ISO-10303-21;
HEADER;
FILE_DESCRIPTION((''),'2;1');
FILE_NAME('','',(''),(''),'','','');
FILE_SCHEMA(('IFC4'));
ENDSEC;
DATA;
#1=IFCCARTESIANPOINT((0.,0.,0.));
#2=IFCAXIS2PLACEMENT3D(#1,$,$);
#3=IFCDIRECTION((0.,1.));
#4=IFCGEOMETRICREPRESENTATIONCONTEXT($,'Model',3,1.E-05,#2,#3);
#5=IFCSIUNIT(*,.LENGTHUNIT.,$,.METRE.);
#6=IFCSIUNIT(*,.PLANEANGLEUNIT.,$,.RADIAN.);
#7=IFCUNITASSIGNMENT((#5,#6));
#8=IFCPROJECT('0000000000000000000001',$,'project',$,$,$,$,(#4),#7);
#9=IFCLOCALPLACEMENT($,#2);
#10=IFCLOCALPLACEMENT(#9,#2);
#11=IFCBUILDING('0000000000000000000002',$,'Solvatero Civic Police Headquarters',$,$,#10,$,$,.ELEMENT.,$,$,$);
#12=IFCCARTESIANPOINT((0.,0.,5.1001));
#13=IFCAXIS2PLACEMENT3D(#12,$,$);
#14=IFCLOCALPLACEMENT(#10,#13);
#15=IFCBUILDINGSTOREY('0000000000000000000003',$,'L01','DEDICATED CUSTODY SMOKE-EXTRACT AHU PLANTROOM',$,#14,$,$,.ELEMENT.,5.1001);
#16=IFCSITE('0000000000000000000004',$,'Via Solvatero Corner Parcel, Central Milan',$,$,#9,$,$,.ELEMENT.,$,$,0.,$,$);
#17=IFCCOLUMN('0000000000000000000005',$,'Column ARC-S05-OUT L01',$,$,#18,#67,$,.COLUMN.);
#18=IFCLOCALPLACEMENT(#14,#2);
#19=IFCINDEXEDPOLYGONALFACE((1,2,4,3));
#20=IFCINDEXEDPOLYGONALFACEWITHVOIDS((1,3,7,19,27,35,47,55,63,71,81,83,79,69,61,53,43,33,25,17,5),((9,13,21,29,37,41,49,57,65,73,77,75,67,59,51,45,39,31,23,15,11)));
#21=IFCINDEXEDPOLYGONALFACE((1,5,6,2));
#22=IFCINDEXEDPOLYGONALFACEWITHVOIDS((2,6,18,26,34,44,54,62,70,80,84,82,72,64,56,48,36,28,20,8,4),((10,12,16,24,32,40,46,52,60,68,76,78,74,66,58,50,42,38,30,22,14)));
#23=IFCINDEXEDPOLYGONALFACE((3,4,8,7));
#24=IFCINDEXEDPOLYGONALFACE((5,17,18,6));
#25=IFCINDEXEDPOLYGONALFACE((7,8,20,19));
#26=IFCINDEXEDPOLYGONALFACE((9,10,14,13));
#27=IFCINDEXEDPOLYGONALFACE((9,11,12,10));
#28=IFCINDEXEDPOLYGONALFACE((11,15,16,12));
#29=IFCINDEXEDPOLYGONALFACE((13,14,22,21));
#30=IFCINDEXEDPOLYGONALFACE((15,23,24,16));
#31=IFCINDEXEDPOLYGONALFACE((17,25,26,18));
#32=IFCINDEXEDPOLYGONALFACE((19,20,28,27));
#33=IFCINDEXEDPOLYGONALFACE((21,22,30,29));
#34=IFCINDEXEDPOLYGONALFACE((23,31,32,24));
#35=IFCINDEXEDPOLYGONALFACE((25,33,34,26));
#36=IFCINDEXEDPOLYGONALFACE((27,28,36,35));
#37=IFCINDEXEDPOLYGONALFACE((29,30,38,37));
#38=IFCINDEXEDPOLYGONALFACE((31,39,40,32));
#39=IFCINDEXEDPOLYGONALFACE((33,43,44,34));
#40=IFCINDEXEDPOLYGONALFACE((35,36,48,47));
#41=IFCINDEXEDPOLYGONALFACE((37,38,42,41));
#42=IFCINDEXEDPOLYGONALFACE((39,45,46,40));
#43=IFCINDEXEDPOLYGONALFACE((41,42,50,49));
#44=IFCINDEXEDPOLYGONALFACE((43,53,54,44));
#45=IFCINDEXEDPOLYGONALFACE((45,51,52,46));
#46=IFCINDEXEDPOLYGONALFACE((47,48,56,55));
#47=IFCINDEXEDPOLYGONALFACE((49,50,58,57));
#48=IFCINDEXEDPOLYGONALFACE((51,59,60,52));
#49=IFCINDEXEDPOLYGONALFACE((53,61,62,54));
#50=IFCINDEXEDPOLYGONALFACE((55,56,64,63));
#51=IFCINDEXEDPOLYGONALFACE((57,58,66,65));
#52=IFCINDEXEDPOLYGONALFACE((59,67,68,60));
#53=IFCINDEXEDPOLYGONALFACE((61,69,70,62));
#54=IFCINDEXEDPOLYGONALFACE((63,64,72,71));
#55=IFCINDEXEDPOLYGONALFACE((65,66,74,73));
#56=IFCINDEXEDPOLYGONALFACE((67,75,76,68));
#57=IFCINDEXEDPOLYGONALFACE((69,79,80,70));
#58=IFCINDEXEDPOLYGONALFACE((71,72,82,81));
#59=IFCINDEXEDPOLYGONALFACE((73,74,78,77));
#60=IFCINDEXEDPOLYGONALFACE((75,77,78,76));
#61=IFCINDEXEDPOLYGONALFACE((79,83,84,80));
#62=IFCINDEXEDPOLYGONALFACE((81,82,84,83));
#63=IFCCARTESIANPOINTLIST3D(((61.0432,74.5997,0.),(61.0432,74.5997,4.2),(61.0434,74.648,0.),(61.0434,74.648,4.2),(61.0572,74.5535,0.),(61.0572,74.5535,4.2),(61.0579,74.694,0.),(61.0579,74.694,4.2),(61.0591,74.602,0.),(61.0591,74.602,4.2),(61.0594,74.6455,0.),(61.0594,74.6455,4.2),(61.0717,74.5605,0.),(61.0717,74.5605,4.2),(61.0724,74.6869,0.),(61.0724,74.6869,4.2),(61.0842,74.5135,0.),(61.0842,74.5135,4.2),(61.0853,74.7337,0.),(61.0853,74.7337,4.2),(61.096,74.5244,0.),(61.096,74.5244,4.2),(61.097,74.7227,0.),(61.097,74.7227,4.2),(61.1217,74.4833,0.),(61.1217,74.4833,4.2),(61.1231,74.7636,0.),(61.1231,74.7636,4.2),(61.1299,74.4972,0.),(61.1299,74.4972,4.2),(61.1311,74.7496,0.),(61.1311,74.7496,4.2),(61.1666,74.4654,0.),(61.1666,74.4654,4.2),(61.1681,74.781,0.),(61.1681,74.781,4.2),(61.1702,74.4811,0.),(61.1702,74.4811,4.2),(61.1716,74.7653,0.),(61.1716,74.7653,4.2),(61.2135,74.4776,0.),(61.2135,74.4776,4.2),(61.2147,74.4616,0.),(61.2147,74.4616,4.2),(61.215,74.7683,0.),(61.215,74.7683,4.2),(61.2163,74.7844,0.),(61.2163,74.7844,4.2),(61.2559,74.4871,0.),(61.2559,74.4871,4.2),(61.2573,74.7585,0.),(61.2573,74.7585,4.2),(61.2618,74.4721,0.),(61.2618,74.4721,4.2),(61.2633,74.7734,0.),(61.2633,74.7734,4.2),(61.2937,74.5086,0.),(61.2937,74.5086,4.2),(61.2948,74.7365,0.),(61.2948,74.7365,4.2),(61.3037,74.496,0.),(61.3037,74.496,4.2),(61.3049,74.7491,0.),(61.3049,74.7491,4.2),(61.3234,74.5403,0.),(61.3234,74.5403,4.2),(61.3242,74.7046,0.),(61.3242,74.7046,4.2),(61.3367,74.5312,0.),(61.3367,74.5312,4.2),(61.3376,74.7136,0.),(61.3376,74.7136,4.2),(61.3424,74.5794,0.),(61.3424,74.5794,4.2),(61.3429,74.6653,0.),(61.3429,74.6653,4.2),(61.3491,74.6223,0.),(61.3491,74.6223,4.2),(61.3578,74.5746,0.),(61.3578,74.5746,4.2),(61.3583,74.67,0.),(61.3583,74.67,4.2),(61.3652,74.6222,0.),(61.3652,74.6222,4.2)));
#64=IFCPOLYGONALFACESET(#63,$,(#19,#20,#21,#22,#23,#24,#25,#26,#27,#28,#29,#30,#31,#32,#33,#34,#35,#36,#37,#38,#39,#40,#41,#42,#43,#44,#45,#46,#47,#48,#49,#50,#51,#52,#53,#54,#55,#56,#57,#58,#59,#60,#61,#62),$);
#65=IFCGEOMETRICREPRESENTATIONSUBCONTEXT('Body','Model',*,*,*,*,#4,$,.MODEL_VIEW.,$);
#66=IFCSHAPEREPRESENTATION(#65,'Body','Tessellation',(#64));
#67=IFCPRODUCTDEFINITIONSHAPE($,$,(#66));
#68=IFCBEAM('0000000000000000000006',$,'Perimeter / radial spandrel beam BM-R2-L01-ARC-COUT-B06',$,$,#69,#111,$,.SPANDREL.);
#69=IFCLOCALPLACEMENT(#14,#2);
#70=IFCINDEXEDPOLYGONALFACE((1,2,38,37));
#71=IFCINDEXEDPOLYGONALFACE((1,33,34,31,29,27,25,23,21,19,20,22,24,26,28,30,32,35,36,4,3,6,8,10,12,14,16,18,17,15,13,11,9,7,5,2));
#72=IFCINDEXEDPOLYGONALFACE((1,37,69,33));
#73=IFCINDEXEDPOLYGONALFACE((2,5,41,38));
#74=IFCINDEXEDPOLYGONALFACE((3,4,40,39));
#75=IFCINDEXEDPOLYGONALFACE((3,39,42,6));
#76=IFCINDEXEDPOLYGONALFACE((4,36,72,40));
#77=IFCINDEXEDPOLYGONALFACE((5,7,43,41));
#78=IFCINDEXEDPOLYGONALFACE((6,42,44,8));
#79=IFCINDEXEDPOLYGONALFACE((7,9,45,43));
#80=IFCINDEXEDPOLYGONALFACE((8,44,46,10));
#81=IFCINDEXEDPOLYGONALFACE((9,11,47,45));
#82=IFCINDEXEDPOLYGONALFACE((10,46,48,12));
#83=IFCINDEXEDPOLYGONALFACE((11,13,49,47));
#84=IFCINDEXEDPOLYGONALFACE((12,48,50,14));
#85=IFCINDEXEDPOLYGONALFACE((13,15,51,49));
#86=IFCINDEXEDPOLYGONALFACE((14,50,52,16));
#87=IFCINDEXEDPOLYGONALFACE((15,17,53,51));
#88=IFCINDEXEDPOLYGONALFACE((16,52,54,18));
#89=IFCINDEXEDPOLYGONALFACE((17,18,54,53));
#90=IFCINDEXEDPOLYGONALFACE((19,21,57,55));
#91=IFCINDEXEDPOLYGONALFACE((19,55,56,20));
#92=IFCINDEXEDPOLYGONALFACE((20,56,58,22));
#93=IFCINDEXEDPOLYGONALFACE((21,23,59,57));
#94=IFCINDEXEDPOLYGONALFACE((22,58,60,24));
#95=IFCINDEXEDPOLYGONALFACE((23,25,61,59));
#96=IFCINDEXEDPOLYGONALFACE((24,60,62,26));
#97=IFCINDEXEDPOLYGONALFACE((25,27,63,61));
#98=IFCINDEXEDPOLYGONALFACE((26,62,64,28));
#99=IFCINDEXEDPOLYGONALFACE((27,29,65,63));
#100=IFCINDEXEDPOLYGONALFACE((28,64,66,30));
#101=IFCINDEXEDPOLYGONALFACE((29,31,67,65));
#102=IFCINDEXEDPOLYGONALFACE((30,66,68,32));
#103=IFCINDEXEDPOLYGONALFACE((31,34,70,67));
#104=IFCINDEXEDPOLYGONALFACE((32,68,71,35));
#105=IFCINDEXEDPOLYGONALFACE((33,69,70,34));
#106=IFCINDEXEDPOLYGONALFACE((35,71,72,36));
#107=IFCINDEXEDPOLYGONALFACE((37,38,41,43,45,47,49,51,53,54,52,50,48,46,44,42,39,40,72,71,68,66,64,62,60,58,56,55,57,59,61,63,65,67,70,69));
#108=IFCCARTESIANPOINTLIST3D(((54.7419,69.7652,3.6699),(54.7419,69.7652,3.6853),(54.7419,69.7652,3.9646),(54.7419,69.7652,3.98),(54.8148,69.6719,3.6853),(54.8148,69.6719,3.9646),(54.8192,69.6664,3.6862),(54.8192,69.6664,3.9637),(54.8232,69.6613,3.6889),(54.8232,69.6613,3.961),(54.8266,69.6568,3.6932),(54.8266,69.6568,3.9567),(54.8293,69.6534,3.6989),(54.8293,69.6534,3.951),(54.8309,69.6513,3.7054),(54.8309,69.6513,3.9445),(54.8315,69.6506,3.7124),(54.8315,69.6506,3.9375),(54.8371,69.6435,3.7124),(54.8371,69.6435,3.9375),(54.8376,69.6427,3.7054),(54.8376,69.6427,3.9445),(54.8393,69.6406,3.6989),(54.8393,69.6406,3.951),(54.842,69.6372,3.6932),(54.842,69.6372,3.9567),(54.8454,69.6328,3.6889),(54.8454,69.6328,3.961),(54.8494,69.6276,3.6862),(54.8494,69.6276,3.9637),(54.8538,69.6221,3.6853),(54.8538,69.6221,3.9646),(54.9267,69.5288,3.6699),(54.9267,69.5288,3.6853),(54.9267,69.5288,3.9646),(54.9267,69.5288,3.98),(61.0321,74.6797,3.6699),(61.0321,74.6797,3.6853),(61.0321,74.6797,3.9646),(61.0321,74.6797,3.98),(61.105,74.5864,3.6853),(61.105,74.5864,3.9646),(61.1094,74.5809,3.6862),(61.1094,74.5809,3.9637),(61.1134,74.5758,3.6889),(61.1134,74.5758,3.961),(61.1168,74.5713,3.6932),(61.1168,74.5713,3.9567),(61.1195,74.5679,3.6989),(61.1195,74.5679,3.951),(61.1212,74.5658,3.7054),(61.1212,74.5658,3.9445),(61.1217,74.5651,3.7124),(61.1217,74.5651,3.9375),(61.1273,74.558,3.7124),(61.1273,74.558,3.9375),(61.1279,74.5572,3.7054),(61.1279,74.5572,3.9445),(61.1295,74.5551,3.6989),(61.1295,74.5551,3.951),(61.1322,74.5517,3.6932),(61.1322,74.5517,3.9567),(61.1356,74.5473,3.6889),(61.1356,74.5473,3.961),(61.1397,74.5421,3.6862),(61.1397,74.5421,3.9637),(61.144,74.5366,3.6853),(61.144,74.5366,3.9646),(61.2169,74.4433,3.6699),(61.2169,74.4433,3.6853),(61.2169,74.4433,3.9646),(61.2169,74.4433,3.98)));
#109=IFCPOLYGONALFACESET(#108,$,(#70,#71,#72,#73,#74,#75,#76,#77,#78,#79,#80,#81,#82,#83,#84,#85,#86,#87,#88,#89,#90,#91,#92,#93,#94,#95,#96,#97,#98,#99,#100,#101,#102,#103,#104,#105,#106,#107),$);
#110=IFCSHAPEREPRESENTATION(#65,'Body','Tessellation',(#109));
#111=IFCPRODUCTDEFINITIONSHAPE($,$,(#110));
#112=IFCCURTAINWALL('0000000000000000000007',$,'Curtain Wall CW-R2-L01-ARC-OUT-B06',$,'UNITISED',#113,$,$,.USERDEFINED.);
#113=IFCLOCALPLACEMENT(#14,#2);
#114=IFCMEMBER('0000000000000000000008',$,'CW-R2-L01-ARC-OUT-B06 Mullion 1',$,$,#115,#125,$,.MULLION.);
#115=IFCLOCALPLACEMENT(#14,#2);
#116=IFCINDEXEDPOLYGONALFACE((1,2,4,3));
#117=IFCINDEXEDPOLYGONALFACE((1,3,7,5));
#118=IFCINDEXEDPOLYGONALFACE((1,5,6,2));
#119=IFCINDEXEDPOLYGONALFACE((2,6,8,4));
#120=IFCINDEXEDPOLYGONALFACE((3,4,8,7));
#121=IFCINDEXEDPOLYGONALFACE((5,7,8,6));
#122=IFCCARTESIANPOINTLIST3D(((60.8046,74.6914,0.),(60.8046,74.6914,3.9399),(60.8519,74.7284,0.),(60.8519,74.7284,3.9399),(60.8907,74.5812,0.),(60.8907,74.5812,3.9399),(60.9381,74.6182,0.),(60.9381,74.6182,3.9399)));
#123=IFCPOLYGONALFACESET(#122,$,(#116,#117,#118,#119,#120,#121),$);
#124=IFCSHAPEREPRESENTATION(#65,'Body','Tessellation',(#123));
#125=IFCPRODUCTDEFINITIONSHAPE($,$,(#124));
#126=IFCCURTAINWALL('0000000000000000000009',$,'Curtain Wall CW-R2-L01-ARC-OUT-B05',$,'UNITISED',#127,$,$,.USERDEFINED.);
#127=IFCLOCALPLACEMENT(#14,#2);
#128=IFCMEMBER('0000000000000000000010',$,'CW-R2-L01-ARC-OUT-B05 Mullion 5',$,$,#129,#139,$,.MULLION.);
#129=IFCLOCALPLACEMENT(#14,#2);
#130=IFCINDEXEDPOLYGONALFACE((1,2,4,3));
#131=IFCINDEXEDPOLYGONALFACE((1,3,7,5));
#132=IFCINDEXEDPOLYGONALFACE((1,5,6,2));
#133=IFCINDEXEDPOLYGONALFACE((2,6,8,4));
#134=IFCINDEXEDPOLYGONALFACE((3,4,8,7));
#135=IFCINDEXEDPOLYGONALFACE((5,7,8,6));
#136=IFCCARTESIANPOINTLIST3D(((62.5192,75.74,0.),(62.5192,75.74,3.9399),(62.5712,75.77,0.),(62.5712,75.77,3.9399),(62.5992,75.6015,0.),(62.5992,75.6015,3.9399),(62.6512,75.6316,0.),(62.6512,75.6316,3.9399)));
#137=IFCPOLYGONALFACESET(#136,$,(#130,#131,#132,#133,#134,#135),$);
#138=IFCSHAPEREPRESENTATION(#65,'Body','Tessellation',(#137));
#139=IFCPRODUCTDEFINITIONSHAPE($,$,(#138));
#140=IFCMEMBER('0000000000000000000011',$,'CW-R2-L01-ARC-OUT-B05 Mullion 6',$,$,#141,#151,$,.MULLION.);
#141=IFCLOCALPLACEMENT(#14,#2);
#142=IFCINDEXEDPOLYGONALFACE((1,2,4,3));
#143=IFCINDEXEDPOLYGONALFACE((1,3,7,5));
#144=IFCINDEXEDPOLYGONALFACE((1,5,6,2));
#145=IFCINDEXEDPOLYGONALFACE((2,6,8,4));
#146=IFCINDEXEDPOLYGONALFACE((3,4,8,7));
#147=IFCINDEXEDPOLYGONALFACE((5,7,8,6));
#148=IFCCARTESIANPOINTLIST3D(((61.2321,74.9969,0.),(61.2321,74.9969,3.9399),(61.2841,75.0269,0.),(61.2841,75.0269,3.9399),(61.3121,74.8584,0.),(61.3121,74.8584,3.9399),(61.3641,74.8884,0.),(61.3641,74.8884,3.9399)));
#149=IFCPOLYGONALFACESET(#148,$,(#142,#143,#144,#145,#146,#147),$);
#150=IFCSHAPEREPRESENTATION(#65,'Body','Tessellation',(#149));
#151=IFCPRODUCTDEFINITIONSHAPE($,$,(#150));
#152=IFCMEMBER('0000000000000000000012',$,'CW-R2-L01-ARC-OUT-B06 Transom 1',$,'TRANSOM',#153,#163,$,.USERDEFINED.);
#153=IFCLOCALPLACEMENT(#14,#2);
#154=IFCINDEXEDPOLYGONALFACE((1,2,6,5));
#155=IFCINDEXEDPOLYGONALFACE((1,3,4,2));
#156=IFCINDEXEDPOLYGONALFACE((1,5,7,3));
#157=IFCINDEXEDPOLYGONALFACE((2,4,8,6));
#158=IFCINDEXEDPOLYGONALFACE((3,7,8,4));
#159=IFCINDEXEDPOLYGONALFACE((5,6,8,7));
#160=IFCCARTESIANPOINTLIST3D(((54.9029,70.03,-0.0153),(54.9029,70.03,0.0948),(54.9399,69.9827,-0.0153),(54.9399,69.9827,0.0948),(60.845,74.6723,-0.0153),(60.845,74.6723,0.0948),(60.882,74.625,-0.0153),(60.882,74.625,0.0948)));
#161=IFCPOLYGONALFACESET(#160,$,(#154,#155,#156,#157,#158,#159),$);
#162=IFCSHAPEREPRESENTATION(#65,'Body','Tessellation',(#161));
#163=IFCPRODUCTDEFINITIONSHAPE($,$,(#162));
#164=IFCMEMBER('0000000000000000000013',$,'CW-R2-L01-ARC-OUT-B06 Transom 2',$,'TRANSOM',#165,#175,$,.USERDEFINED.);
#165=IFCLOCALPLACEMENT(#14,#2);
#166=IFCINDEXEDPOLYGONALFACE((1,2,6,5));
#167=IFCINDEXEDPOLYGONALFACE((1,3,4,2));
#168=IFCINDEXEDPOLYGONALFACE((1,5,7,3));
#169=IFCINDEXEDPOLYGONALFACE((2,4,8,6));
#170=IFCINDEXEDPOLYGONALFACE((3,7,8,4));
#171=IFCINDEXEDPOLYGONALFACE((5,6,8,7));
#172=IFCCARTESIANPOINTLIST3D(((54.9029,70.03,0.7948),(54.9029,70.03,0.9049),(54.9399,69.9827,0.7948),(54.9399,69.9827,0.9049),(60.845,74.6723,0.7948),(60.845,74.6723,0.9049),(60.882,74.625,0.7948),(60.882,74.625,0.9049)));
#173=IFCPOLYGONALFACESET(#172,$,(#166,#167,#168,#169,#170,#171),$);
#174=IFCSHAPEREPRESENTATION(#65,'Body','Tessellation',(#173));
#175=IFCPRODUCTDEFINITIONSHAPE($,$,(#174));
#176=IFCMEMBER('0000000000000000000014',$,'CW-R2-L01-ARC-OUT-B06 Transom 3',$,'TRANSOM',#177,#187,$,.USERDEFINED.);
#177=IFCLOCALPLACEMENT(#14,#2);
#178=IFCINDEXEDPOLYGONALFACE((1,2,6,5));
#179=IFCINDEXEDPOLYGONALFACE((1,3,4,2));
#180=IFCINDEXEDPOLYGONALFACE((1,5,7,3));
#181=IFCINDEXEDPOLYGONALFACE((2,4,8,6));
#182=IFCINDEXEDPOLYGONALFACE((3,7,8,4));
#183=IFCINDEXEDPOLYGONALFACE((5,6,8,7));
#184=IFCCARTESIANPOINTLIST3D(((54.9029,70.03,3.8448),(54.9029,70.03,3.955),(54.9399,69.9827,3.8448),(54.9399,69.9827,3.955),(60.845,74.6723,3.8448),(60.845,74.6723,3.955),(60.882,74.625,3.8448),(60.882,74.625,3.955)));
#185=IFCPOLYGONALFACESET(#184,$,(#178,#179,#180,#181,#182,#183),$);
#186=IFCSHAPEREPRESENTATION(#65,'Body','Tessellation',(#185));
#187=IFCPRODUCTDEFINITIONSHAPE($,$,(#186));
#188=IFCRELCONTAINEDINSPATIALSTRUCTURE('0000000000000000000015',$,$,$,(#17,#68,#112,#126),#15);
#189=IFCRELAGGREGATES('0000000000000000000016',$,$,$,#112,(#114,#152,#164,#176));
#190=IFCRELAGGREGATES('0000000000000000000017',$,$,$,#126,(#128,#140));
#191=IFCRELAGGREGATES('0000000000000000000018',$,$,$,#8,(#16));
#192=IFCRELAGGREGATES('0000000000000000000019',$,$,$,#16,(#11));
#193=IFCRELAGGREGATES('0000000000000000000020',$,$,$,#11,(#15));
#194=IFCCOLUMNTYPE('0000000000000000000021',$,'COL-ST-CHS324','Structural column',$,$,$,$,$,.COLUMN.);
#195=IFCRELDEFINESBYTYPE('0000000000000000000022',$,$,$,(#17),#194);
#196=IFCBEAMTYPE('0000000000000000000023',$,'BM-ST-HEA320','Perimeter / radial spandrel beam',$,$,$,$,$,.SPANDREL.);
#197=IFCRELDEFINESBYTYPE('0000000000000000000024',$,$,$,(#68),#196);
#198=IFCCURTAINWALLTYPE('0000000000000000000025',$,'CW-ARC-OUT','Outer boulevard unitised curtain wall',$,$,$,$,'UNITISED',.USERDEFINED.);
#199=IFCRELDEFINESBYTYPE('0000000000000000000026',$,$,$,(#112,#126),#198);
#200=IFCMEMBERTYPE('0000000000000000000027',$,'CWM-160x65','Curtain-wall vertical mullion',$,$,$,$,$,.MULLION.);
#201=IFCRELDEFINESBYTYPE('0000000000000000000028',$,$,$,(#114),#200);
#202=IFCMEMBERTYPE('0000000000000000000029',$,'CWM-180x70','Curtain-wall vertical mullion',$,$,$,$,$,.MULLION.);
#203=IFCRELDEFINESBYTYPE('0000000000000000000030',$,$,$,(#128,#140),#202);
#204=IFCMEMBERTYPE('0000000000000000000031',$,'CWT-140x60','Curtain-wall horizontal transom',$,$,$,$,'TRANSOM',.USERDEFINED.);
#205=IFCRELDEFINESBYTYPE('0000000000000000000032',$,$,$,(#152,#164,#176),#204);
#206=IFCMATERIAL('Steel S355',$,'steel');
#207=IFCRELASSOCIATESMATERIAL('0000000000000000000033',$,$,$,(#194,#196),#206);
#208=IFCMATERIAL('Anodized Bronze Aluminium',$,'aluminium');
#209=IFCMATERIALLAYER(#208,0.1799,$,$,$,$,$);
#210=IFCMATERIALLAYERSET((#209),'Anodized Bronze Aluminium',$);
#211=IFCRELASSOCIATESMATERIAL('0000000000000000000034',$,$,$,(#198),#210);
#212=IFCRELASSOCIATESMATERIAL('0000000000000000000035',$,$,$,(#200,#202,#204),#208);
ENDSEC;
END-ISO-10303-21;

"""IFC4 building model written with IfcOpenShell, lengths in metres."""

from ifc_helpers import new_model, si_unit, direction, frame, origin, origin_2d, place, context, subcontext, project, spatial, rectangle, hollow_circle, i_section, extrude, material, layer, layer_set, material_profile, profile_set, type_object, element, aggregate, save


model = new_model("IFC4")

# Units and contexts
model_context = context("Model", 3, precision=1e-05, world=origin(), true_north=direction((0.0, 1.0)))
body_context = subcontext(model_context, "Body", "Model", "MODEL_VIEW")
ifc_project = project(units=[si_unit("LENGTHUNIT", "METRE"), si_unit("PLANEANGLEUNIT", "RADIAN")], contexts=[model_context])

# Site, building, storey
site_placement = place(None, origin())
site = spatial("IfcSite", under=ifc_project, at=site_placement, Name="Via Solvatero Corner Parcel, Central Milan", CompositionType="ELEMENT", RefElevation=0.0)
building_placement = place(site_placement, origin())
building = spatial("IfcBuilding", under=site, at=building_placement, Name="Solvatero Civic Police Headquarters", CompositionType="ELEMENT")
storey_placement = place(building_placement, frame((0.0, 0.0, 5.1001)))
storey = spatial("IfcBuildingStorey", under=building, at=storey_placement, Name="L01", Description="DEDICATED CUSTODY SMOKE-EXTRACT AHU PLANTROOM", CompositionType="ELEMENT", Elevation=5.1001)

# Column
ifc_material_1 = material(Name="Steel S355", Category="steel")
ifc_material_profile_1 = material_profile(ifc_material_1, hollow_circle(Radius=0.1619, WallThickness=0.0161, at=origin_2d()), Name="CHS 323.9x16.0")
ifc_profile_set_1 = profile_set([ifc_material_profile_1], Name="Steel S355")
column_type = type_object("IfcColumnType", Name="COL-ST-CHS324", Description="Structural column", PredefinedType="COLUMN", material=ifc_profile_set_1)
column_placement = place(storey_placement, frame((61.2034, 74.623, 0.0), z_axis=(0.0, 0.0, 1.0), x_axis=(0.829038, 0.559193, 0.0)))
element("IfcColumn", 1, at=column_placement, inside=storey, type_object=column_type, Name="Column ARC-S05-OUT L01", PredefinedType="COLUMN", context=body_context, shape_type="SweptSolid", body=[
    extrude(hollow_circle(Radius=0.1619, WallThickness=0.0161, at=origin_2d()), origin(), (0.0, 0.0, 1.0), 4.2),
])

# Beam
ifc_material_profile_2 = material_profile(ifc_material_1, i_section(OverallWidth=0.3, OverallDepth=0.3101, WebThickness=0.009, FlangeThickness=0.0154, FilletRadius=0.0271, at=origin_2d()), Name="HEA 320")
ifc_profile_set_2 = profile_set([ifc_material_profile_2], Name="Steel S355")
beam_type = type_object("IfcBeamType", Name="BM-ST-HEA320", Description="Perimeter / radial spandrel beam", PredefinedType="SPANDREL", material=ifc_profile_set_2)
beam_placement = place(storey_placement, frame((61.1245, 74.5615, 3.825), z_axis=(-0.788008, -0.615665, 0.0), x_axis=(0.615665, -0.788008, 0.0)))
element("IfcBeam", 2, at=beam_placement, inside=storey, type_object=beam_type, Name="Perimeter / radial spandrel beam BM-R2-L01-ARC-COUT-B06", PredefinedType="SPANDREL", context=body_context, shape_type="SweptSolid", body=[
    extrude(i_section(OverallWidth=0.3, OverallDepth=0.3101, WebThickness=0.009, FlangeThickness=0.0154, FilletRadius=0.0271, at=origin_2d()), origin(), (0.0, 0.0, 1.0), 7.9824),
])

# Curtain wall, member
ifc_material_2 = material(Name="Anodized Bronze Aluminium", Category="aluminium")
ifc_layer_1 = layer(ifc_material_2, 0.1799)
ifc_layer_set_1 = layer_set([ifc_layer_1], Name="Anodized Bronze Aluminium")
curtain_wall_type = type_object("IfcCurtainWallType", Name="CW-ARC-OUT", Description="Outer boulevard unitised curtain wall", ElementType="UNITISED", PredefinedType="USERDEFINED", material=ifc_layer_set_1)
curtain_wall_1_placement = place(storey_placement, origin())
curtain_wall_1 = element("IfcCurtainWall", 3, at=curtain_wall_1_placement, inside=storey, type_object=curtain_wall_type, Name="Curtain Wall CW-R2-L01-ARC-OUT-B06", ObjectType="UNITISED", PredefinedType="USERDEFINED")
ifc_material_profile_3 = material_profile(ifc_material_2, rectangle(XDim=0.0601, YDim=0.1399, at=origin_2d()), Name="ALU MULLION 60x140")
ifc_profile_set_3 = profile_set([ifc_material_profile_3], Name="Anodized Bronze Aluminium")
member_type_1 = type_object("IfcMemberType", Name="CWM-160x65", Description="Curtain-wall vertical mullion", PredefinedType="MULLION", material=ifc_profile_set_3)
member_1_placement = place(storey_placement, frame((60.8713, 74.6548, 0.0), z_axis=(0.0, 0.0, 1.0), x_axis=(-0.788011, -0.615661, 0.0)))
member_1 = element("IfcMember", 4, at=member_1_placement, type_object=member_type_1, Name="CW-R2-L01-ARC-OUT-B06 Mullion 1", PredefinedType="MULLION", context=body_context, shape_type="SweptSolid", body=[
    extrude(rectangle(XDim=0.0601, YDim=0.1399, at=origin_2d()), origin(), (0.0, 0.0, 1.0), 3.9399),
])

# Curtain wall, members
curtain_wall_2_placement = place(storey_placement, origin())
curtain_wall_2 = element("IfcCurtainWall", 5, at=curtain_wall_2_placement, inside=storey, type_object=curtain_wall_type, Name="Curtain Wall CW-R2-L01-ARC-OUT-B05", ObjectType="UNITISED", PredefinedType="USERDEFINED")
ifc_material_profile_4 = material_profile(ifc_material_2, rectangle(XDim=0.0601, YDim=0.1599, at=origin_2d()), Name="ALU MULLION 60x160")
ifc_profile_set_4 = profile_set([ifc_material_profile_4], Name="Anodized Bronze Aluminium")
member_type_2 = type_object("IfcMemberType", Name="CWM-180x70", Description="Curtain-wall vertical mullion", PredefinedType="MULLION", material=ifc_profile_set_4)
member_2_placement = place(storey_placement, frame((62.5852, 75.6858, 0.0), z_axis=(0.0, 0.0, 1.0), x_axis=(-0.866025, -0.5, 0.0)))
member_2 = element("IfcMember", 6, at=member_2_placement, type_object=member_type_2, Name="CW-R2-L01-ARC-OUT-B05 Mullion 5", PredefinedType="MULLION", context=body_context, shape_type="SweptSolid", body=[
    extrude(rectangle(XDim=0.0601, YDim=0.1599, at=origin_2d()), origin(), (0.0, 0.0, 1.0), 3.9399),
])
member_3_placement = place(storey_placement, frame((61.2981, 74.9426, 0.0), z_axis=(0.0, 0.0, 1.0), x_axis=(-0.866025, -0.5, 0.0)))
member_3 = element("IfcMember", 7, at=member_3_placement, type_object=member_type_2, Name="CW-R2-L01-ARC-OUT-B05 Mullion 6", PredefinedType="MULLION", context=body_context, shape_type="SweptSolid", body=[
    extrude(rectangle(XDim=0.0601, YDim=0.1599, at=origin_2d()), origin(), (0.0, 0.0, 1.0), 3.9399),
])

# Members
ifc_material_profile_5 = material_profile(ifc_material_2, rectangle(XDim=0.0601, YDim=0.1101, at=origin_2d()), Name="ALU TRANSOM 60x110")
ifc_profile_set_5 = profile_set([ifc_material_profile_5], Name="Anodized Bronze Aluminium")
member_type_3 = type_object("IfcMemberType", Name="CWT-140x60", Description="Curtain-wall horizontal transom", ElementType="TRANSOM", PredefinedType="USERDEFINED", material=ifc_profile_set_5)
member_4_placement = place(storey_placement, frame((60.8635, 74.6487, 0.0398), z_axis=(-0.788022, -0.615647, 0.0), x_axis=(0.615647, -0.788022, 0.0)))
member_4 = element("IfcMember", 8, at=member_4_placement, type_object=member_type_3, Name="CW-R2-L01-ARC-OUT-B06 Transom 1", ObjectType="TRANSOM", PredefinedType="USERDEFINED", context=body_context, shape_type="SweptSolid", body=[
    extrude(rectangle(XDim=0.0601, YDim=0.1101, at=origin_2d()), origin(), (0.0, 0.0, 1.0), 7.5405),
])
member_5_placement = place(storey_placement, frame((60.8635, 74.6487, 0.8499), z_axis=(-0.788022, -0.615647, 0.0), x_axis=(0.615647, -0.788022, 0.0)))
member_5 = element("IfcMember", 9, at=member_5_placement, type_object=member_type_3, Name="CW-R2-L01-ARC-OUT-B06 Transom 2", ObjectType="TRANSOM", PredefinedType="USERDEFINED", context=body_context, shape_type="SweptSolid", body=[
    extrude(rectangle(XDim=0.0601, YDim=0.1101, at=origin_2d()), origin(), (0.0, 0.0, 1.0), 7.5405),
])
member_6_placement = place(storey_placement, frame((60.8635, 74.6487, 3.8999), z_axis=(-0.788022, -0.615647, 0.0), x_axis=(0.615647, -0.788022, 0.0)))
member_6 = element("IfcMember", 10, at=member_6_placement, type_object=member_type_3, Name="CW-R2-L01-ARC-OUT-B06 Transom 3", ObjectType="TRANSOM", PredefinedType="USERDEFINED", context=body_context, shape_type="SweptSolid", body=[
    extrude(rectangle(XDim=0.0601, YDim=0.1101, at=origin_2d()), origin(), (0.0, 0.0, 1.0), 7.5405),
])

aggregate(curtain_wall_1, [member_1, member_4, member_5, member_6])
aggregate(curtain_wall_2, [member_2, member_3])

save(model, "model.ifc")
